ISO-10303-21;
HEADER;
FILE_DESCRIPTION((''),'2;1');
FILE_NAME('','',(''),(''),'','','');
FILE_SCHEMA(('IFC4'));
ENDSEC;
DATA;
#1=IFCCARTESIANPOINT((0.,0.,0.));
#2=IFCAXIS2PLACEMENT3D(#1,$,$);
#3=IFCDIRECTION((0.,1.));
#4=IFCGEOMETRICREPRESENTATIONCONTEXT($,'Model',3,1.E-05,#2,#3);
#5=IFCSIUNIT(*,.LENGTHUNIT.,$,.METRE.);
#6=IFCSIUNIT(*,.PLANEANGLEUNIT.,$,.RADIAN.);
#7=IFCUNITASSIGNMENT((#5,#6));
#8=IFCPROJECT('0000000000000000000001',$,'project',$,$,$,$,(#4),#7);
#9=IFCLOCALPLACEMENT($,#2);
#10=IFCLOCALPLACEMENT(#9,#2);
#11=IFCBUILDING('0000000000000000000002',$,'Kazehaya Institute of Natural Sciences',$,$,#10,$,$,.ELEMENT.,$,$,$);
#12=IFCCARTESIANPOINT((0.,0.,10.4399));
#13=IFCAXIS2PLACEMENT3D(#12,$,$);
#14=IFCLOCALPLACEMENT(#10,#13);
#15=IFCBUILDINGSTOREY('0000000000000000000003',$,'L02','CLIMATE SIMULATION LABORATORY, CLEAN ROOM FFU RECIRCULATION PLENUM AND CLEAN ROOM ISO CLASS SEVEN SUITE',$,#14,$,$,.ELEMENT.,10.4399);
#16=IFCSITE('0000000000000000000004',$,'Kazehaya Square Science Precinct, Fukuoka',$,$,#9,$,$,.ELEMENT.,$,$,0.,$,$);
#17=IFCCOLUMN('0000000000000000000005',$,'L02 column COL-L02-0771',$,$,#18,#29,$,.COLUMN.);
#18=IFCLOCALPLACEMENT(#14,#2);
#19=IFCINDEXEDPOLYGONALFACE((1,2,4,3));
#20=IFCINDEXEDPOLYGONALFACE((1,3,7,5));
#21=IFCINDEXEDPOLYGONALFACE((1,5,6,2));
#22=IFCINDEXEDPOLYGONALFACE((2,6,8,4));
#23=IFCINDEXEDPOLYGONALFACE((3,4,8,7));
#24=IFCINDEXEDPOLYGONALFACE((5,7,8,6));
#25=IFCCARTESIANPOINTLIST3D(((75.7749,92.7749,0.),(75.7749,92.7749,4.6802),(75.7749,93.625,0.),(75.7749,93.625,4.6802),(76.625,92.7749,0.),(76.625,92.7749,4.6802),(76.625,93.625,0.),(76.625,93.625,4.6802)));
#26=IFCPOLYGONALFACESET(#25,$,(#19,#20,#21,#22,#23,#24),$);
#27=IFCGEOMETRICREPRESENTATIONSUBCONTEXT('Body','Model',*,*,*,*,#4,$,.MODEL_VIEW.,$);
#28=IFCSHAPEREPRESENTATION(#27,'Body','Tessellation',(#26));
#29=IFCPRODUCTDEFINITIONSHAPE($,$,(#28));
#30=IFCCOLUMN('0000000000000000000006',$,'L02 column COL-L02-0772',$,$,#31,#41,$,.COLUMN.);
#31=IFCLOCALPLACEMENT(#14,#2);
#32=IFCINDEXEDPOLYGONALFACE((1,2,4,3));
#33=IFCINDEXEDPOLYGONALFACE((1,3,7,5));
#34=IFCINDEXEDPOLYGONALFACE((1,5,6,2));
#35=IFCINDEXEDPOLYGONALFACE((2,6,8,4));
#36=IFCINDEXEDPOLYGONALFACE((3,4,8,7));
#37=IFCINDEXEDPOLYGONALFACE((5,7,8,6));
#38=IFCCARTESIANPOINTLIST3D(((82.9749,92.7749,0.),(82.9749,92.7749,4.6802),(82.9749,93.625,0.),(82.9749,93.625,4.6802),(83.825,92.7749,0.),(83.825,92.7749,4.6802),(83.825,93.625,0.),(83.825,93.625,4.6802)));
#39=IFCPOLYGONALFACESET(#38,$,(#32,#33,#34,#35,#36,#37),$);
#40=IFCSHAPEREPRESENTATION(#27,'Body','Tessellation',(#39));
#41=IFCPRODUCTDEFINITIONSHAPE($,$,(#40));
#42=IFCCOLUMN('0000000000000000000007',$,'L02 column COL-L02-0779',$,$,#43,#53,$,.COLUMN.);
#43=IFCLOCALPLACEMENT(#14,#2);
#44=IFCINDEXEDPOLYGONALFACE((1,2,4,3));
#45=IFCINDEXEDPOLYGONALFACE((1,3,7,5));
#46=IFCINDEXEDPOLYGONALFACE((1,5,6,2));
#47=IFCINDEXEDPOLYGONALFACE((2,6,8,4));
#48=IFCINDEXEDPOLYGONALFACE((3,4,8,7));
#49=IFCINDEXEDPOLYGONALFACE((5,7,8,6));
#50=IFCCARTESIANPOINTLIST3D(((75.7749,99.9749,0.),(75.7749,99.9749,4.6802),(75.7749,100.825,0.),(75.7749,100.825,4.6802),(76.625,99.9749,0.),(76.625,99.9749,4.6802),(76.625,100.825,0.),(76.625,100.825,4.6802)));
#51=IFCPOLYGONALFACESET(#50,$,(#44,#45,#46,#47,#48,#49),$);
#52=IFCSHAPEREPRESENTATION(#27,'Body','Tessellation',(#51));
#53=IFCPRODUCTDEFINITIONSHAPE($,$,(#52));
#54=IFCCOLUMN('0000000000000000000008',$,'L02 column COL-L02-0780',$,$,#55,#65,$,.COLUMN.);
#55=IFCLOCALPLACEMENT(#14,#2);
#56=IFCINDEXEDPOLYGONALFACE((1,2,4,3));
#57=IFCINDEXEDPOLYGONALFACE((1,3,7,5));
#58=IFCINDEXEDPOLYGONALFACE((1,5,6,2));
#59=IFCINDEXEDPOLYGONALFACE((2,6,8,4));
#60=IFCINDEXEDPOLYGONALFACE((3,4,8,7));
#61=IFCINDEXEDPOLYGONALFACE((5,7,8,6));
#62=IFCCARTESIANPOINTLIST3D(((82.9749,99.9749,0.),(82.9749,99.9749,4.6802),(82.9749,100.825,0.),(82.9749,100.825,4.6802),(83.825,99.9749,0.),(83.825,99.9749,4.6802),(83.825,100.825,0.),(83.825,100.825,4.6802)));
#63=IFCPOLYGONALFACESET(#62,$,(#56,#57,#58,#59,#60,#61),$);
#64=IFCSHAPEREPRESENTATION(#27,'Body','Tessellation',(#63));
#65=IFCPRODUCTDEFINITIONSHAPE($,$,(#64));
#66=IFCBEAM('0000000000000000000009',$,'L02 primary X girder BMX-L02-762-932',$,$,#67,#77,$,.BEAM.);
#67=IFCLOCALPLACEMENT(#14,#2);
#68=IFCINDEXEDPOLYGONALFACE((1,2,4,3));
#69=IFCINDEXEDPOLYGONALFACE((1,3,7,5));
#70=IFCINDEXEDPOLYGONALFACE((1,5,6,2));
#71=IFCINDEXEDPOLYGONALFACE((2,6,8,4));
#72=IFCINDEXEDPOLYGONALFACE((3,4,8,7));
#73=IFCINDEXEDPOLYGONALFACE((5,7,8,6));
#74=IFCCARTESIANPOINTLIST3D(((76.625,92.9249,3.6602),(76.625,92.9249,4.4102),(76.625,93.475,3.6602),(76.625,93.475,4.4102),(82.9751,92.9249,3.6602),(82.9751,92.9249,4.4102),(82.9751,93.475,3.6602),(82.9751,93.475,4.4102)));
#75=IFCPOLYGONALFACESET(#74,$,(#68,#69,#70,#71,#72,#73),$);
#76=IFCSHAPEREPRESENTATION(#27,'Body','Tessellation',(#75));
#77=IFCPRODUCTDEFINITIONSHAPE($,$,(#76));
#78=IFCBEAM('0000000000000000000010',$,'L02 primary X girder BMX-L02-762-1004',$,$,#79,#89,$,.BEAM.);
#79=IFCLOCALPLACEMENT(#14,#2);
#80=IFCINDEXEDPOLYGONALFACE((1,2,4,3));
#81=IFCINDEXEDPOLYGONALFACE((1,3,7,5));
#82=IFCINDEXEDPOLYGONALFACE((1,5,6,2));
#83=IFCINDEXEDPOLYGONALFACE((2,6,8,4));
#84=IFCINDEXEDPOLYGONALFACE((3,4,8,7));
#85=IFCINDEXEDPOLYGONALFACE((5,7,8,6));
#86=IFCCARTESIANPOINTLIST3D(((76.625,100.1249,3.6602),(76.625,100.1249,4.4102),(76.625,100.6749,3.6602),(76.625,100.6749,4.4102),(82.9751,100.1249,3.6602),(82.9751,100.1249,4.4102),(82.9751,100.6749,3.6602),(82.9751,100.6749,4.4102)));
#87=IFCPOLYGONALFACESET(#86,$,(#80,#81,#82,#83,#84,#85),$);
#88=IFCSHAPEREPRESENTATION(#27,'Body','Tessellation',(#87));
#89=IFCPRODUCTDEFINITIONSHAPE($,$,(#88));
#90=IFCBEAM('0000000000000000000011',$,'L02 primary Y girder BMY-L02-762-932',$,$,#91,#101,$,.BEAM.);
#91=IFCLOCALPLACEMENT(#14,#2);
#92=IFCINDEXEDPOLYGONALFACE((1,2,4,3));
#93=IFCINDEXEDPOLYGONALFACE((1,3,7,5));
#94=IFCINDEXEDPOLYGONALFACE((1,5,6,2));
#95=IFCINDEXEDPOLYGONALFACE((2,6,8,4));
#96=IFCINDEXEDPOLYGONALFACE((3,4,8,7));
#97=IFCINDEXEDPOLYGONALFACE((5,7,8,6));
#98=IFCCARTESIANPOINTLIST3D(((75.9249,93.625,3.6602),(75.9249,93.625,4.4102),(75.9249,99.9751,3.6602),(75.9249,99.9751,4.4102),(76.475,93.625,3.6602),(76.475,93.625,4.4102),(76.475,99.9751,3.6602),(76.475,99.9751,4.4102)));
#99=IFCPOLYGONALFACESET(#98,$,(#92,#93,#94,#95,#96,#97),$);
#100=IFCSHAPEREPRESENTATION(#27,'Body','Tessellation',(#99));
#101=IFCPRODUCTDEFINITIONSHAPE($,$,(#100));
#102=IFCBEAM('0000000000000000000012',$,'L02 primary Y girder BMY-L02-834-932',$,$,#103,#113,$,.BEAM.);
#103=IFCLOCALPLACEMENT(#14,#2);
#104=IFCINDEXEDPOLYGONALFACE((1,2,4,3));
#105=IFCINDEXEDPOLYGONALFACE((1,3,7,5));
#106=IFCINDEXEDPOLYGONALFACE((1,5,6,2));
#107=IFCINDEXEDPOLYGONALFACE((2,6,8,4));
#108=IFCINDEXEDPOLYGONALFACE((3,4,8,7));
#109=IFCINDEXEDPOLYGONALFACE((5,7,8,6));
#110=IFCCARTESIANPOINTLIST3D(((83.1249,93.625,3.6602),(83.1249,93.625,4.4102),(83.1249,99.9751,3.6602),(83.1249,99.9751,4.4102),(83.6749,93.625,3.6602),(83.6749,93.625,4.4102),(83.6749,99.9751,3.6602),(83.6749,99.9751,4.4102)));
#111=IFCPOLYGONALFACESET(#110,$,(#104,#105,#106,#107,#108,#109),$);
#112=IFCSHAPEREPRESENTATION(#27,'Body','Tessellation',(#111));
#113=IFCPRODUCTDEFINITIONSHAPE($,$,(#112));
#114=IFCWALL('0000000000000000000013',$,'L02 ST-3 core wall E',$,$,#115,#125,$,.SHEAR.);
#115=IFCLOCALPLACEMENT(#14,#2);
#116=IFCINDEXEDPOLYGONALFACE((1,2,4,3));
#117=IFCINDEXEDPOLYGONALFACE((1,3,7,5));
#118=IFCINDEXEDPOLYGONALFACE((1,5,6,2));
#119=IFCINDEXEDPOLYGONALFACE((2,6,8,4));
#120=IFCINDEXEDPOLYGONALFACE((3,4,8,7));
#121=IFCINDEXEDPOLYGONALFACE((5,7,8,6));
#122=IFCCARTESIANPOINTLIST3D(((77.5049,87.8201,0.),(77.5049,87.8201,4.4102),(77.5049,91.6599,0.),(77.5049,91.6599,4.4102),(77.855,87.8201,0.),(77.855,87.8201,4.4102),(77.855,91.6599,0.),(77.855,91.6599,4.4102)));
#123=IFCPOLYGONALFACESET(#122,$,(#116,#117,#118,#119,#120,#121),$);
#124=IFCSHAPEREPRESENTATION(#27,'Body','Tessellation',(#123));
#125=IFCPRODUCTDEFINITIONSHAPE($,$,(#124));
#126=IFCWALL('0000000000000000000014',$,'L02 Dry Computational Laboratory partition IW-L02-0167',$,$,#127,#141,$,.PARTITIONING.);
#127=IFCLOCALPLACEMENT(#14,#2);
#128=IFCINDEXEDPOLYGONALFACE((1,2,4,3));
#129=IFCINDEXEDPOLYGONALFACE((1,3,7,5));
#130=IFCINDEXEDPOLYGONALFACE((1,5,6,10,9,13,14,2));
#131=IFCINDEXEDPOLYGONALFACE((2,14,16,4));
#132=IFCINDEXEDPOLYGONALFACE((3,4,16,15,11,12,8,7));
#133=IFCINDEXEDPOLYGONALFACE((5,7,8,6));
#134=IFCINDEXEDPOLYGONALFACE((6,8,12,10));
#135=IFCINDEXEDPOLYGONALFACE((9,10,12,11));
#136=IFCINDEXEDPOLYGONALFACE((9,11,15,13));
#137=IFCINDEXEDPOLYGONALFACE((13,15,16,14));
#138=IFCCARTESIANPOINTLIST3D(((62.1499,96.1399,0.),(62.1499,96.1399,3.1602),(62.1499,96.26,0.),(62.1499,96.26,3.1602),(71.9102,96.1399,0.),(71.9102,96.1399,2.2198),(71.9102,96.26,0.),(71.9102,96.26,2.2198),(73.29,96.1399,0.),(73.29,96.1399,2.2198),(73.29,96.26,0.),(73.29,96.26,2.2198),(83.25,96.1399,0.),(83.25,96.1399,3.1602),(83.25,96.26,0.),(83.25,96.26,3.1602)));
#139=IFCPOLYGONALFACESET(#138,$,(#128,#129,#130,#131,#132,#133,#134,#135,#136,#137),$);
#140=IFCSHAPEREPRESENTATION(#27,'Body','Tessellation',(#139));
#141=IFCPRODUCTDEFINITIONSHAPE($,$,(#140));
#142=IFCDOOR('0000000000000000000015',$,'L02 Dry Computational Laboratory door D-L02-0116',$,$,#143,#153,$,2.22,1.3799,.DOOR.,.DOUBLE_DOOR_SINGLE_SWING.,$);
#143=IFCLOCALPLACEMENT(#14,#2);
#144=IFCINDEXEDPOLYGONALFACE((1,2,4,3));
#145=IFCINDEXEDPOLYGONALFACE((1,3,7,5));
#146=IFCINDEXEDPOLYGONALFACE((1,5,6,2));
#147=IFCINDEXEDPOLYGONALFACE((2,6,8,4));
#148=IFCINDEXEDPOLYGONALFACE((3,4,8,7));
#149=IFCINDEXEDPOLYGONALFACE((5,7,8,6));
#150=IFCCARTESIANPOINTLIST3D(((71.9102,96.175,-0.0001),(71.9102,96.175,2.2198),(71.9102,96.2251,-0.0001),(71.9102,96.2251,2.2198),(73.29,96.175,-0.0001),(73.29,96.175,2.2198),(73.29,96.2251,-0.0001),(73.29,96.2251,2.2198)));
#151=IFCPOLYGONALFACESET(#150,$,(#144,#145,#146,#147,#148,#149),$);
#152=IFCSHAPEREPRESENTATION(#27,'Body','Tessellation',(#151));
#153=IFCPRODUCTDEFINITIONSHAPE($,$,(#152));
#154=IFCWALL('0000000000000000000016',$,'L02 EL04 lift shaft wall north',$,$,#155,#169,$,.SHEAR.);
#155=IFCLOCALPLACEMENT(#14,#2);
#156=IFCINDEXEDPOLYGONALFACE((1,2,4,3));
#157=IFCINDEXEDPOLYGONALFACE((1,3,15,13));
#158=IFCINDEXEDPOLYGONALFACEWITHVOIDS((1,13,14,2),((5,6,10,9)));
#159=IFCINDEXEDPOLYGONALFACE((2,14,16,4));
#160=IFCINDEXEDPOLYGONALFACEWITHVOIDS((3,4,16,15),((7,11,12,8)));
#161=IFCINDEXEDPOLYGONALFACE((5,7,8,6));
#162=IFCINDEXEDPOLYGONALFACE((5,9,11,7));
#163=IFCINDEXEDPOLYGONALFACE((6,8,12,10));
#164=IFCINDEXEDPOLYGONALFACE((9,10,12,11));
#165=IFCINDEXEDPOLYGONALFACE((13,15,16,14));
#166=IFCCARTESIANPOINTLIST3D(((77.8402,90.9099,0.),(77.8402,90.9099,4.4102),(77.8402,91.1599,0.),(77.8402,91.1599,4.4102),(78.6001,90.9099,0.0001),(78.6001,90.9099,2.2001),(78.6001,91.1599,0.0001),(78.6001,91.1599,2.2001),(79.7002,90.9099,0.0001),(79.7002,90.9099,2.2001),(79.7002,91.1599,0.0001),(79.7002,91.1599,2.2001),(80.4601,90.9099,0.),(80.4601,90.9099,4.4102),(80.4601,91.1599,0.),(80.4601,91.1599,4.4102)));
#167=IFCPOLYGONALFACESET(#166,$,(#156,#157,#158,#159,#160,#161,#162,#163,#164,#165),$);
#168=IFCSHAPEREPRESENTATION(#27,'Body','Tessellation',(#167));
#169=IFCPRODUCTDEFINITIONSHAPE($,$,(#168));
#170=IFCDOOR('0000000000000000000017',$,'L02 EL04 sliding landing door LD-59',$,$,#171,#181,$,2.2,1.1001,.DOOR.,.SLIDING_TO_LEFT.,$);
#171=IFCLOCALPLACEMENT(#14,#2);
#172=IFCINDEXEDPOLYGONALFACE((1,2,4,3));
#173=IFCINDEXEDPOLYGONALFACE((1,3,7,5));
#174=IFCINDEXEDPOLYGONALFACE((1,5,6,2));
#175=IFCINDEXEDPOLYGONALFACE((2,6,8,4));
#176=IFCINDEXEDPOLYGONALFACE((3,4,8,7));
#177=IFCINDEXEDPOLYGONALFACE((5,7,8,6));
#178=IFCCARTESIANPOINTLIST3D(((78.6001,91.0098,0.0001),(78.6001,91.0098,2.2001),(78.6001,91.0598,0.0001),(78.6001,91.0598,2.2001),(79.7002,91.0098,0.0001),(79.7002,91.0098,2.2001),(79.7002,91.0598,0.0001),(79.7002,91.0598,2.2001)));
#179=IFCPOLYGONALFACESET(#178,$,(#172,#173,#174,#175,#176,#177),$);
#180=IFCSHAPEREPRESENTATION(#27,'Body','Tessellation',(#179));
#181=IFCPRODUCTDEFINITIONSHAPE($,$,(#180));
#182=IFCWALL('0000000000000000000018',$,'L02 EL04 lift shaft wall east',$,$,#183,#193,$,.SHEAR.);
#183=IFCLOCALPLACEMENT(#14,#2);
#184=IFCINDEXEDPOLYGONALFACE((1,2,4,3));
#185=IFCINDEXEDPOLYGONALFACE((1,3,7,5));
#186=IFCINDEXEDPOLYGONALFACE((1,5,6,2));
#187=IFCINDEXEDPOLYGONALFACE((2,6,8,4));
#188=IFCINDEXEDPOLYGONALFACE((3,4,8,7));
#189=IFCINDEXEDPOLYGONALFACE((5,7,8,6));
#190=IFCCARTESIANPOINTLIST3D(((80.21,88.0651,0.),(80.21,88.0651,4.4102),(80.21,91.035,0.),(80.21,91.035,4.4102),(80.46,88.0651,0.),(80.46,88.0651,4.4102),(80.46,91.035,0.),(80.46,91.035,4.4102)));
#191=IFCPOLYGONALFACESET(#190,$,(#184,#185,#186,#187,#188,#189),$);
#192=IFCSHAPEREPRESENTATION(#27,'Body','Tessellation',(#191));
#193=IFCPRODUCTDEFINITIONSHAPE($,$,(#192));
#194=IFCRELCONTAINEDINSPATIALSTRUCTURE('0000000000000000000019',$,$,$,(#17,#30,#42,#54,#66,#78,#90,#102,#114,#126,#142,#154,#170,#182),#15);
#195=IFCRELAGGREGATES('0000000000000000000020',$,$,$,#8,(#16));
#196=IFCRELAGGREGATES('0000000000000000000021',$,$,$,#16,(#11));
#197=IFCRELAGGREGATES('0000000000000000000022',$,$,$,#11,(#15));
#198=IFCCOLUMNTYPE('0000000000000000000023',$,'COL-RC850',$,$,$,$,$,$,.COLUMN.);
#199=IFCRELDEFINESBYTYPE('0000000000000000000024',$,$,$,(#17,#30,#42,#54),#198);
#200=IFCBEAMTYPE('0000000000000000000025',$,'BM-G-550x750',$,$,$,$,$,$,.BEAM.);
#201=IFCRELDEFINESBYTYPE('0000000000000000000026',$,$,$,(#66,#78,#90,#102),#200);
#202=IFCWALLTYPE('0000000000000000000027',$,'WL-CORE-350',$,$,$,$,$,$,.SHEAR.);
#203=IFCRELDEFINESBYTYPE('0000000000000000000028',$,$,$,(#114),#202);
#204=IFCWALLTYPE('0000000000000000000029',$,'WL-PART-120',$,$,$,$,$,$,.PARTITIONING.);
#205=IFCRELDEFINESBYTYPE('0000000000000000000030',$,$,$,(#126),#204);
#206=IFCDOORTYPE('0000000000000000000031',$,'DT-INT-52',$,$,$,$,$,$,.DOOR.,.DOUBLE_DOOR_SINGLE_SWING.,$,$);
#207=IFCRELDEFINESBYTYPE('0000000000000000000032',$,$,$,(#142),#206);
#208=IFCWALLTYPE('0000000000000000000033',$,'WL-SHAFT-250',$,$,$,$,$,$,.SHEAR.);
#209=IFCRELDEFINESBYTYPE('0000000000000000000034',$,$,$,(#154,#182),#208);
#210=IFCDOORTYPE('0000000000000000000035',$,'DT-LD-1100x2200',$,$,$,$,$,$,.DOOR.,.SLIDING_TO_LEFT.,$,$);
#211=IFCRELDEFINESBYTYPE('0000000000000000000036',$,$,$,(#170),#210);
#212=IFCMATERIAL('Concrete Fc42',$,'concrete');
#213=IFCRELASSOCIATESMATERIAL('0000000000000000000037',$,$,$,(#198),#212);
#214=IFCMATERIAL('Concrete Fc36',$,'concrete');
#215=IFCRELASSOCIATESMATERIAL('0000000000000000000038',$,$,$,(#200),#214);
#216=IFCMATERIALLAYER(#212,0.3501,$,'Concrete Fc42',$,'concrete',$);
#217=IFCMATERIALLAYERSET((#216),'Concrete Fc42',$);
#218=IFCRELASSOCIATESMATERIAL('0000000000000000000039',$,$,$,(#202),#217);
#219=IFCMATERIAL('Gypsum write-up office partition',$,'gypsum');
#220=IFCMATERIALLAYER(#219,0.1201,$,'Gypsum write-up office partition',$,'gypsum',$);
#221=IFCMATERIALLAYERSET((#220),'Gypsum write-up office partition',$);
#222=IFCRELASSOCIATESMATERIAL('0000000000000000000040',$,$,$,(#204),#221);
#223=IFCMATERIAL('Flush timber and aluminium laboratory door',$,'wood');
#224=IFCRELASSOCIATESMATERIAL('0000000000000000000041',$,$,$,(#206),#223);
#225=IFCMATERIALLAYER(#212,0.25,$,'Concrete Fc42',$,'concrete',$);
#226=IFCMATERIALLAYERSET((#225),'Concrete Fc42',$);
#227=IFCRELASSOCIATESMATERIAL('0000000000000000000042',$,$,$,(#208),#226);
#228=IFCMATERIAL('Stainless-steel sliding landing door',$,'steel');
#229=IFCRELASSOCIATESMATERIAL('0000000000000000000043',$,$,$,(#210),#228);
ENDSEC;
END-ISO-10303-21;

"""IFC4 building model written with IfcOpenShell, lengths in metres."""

from ifc_helpers import new_model, si_unit, direction, frame, frame_2d, origin, origin_2d, place, context, subcontext, project, spatial, rectangle, extrude, material, layer, layer_set, material_profile, profile_set, type_object, element, fill, save


model = new_model("IFC4")

# Units and contexts
model_context = context("Model", 3, precision=1e-05, world=origin(), true_north=direction((0.0, 1.0)))
body_context = subcontext(model_context, "Body", "Model", "MODEL_VIEW")
ifc_project = project(units=[si_unit("LENGTHUNIT", "METRE"), si_unit("PLANEANGLEUNIT", "RADIAN")], contexts=[model_context])

# Site, building, storey
site_placement = place(None, origin())
site = spatial("IfcSite", under=ifc_project, at=site_placement, Name="Kazehaya Square Science Precinct, Fukuoka", CompositionType="ELEMENT", RefElevation=0.0)
building_placement = place(site_placement, origin())
building = spatial("IfcBuilding", under=site, at=building_placement, Name="Kazehaya Institute of Natural Sciences", CompositionType="ELEMENT")
storey_placement = place(building_placement, frame((0.0, 0.0, 10.4399)))
storey = spatial("IfcBuildingStorey", under=building, at=storey_placement, Name="L02", Description="CLIMATE SIMULATION LABORATORY, CLEAN ROOM FFU RECIRCULATION PLENUM AND CLEAN ROOM ISO CLASS SEVEN SUITE", CompositionType="ELEMENT", Elevation=10.4399)

# Columns
ifc_material_1 = material(Name="Concrete Fc42", Category="concrete")
ifc_material_profile_1 = material_profile(ifc_material_1, rectangle(XDim=0.8501, YDim=0.8501, at=origin_2d()), Name="RC-850x850")
ifc_profile_set_1 = profile_set([ifc_material_profile_1], Name="Concrete Fc42")
column_type = type_object("IfcColumnType", Name="COL-RC850", PredefinedType="COLUMN", material=ifc_profile_set_1)
for number, where, z_axis, x_axis, name in (
    (1, (76.2, 93.2, 0.0), (0.0, 0.0, 1.0), (1.0, 0.0, 0.0), "L02 column COL-L02-0771"),
    (2, (83.3999, 93.2, 0.0), (0.0, 0.0, 1.0), (1.0, 0.0, 0.0), "L02 column COL-L02-0772"),
    (3, (76.2, 100.3999, 0.0), (0.0, 0.0, 1.0), (1.0, 0.0, 0.0), "L02 column COL-L02-0779"),
    (4, (83.3999, 100.3999, 0.0), (0.0, 0.0, 1.0), (1.0, 0.0, 0.0), "L02 column COL-L02-0780"),
):
    element("IfcColumn", number, at=place(storey_placement, frame(where, z_axis=z_axis, x_axis=x_axis)), inside=storey, type_object=column_type, Name=name, PredefinedType="COLUMN", context=body_context, shape_type="SweptSolid", body=[
        extrude(rectangle(XDim=0.8501, YDim=0.8501, at=origin_2d()), origin(), (0.0, 0.0, 1.0), 4.6802),
    ])

# Beams
ifc_material_2 = material(Name="Concrete Fc36", Category="concrete")
ifc_material_profile_2 = material_profile(ifc_material_2, rectangle(XDim=0.55, YDim=0.75, at=origin_2d()), Name="RC-550x750")
ifc_profile_set_2 = profile_set([ifc_material_profile_2], Name="Concrete Fc36")
beam_type = type_object("IfcBeamType", Name="BM-G-550x750", PredefinedType="BEAM", material=ifc_profile_set_2)
for number, where, z_axis, x_axis, name in (
    (5, (76.625, 93.2, 4.0352), (1.0, 0.0, 0.0), (0.0, 1.0, 0.0), "L02 primary X girder BMX-L02-762-932"),
    (6, (76.625, 100.3999, 4.0352), (1.0, 0.0, 0.0), (0.0, 1.0, 0.0), "L02 primary X girder BMX-L02-762-1004"),
    (7, (76.2, 93.625, 4.0352), (0.0, 1.0, 0.0), (-1.0, 0.0, 0.0), "L02 primary Y girder BMY-L02-762-932"),
    (8, (83.3999, 93.625, 4.0352), (0.0, 1.0, 0.0), (-1.0, 0.0, 0.0), "L02 primary Y girder BMY-L02-834-932"),
):
    element("IfcBeam", number, at=place(storey_placement, frame(where, z_axis=z_axis, x_axis=x_axis)), inside=storey, type_object=beam_type, Name=name, PredefinedType="BEAM", context=body_context, shape_type="SweptSolid", body=[
        extrude(rectangle(XDim=0.55, YDim=0.75, at=origin_2d()), origin(), (0.0, 0.0, 1.0), 6.3501),
    ])

# Wall
ifc_layer_1 = layer(ifc_material_1, 0.3501, Name="Concrete Fc42", Category="concrete")
ifc_layer_set_1 = layer_set([ifc_layer_1], Name="Concrete Fc42")
wall_type_1 = type_object("IfcWallType", Name="WL-CORE-350", PredefinedType="SHEAR", material=ifc_layer_set_1)
wall_1_placement = place(storey_placement, frame((77.6799, 91.6599, 0.0), z_axis=(0.0, 0.0, 1.0), x_axis=(0.0, -1.0, 0.0)))
element("IfcWall", 9, at=wall_1_placement, inside=storey, type_object=wall_type_1, Name="L02 ST-3 core wall E", PredefinedType="SHEAR", context=body_context, shape_type="SweptSolid", body=[
    extrude(rectangle(XDim=3.8398, YDim=0.3501, at=frame_2d((1.9199, 0.0))), origin(), (0.0, 0.0, 1.0), 4.4102),
])

# Walls, openings, doors
ifc_material_3 = material(Name="Gypsum write-up office partition", Category="gypsum")
ifc_layer_2 = layer(ifc_material_3, 0.1201, Name="Gypsum write-up office partition", Category="gypsum")
ifc_layer_set_2 = layer_set([ifc_layer_2], Name="Gypsum write-up office partition")
wall_type_2 = type_object("IfcWallType", Name="WL-PART-120", PredefinedType="PARTITIONING", material=ifc_layer_set_2)
wall_2_placement = place(storey_placement, frame((83.25, 96.2, 0.0), z_axis=(0.0, 0.0, 1.0), x_axis=(-1.0, 0.0, 0.0)))
wall_2 = element("IfcWall", 10, at=wall_2_placement, inside=storey, type_object=wall_type_2, Name="L02 Dry Computational Laboratory partition IW-L02-0167", PredefinedType="PARTITIONING", context=body_context, shape_type="SweptSolid", body=[
    extrude(rectangle(XDim=21.1001, YDim=0.1201, at=frame_2d((10.55, 0.0))), origin(), (0.0, 0.0, 1.0), 3.1602),
])
opening_1_placement = place(wall_2_placement, frame((9.96, 0.0, 0.0)))
opening_1 = element("IfcOpeningElement", 11, at=opening_1_placement, cuts=wall_2, PredefinedType="OPENING", context=body_context, shape_type="SweptSolid", body=[
    extrude(rectangle(XDim=1.3799, YDim=2.22, at=frame_2d((0.6899, 1.1099))), frame((0.0, 0.0701, 0.0), z_axis=(0.0, -1.0, 0.0), x_axis=(1.0, 0.0, 0.0)), (0.0, 0.0, 1.0), 0.1401),
])
ifc_material_4 = material(Name="Flush timber and aluminium laboratory door", Category="wood")
door_type_1 = type_object("IfcDoorType", Name="DT-INT-52", OperationType="DOUBLE_DOOR_SINGLE_SWING", PredefinedType="DOOR", material=ifc_material_4)
door_1_placement = place(opening_1_placement, origin())
door_1 = element("IfcDoor", 12, at=door_1_placement, inside=storey, type_object=door_type_1, Name="L02 Dry Computational Laboratory door D-L02-0116", OperationType="DOUBLE_DOOR_SINGLE_SWING", OverallHeight=2.22, OverallWidth=1.3799, PredefinedType="DOOR", context=body_context, shape_type="SweptSolid", body=[
    extrude(rectangle(XDim=1.3799, YDim=2.22, at=frame_2d((0.6899, 1.1099))), frame((0.0, 0.0249, 0.0), z_axis=(0.0, -1.0, 0.0), x_axis=(1.0, 0.0, 0.0)), (0.0, 0.0, 1.0), 0.05),
])
fill(opening_1, door_1)
ifc_layer_3 = layer(ifc_material_1, 0.25, Name="Concrete Fc42", Category="concrete")
ifc_layer_set_3 = layer_set([ifc_layer_3], Name="Concrete Fc42")
wall_type_3 = type_object("IfcWallType", Name="WL-SHAFT-250", PredefinedType="SHEAR", material=ifc_layer_set_3)
wall_3_placement = place(storey_placement, frame((77.8401, 91.0349, 0.0), z_axis=(0.0, 0.0, 1.0), x_axis=(1.0, 0.0, 0.0)))
wall_3 = element("IfcWall", 13, at=wall_3_placement, inside=storey, type_object=wall_type_3, Name="L02 EL04 lift shaft wall north", PredefinedType="SHEAR", context=body_context, shape_type="SweptSolid", body=[
    extrude(rectangle(XDim=2.6199, YDim=0.25, at=frame_2d((1.3101, 0.0))), origin(), (0.0, 0.0, 1.0), 4.4102),
])
opening_2_placement = place(wall_3_placement, frame((0.76, 0.0, 0.0)))
opening_2 = element("IfcOpeningElement", 14, at=opening_2_placement, cuts=wall_3, PredefinedType="OPENING", context=body_context, shape_type="SweptSolid", body=[
    extrude(rectangle(XDim=1.1001, YDim=2.2, at=frame_2d((0.55, 1.1001))), frame((0.0, 0.135, 0.0), z_axis=(0.0, -1.0, 0.0), x_axis=(1.0, 0.0, 0.0)), (0.0, 0.0, 1.0), 0.27),
])
ifc_material_5 = material(Name="Stainless-steel sliding landing door", Category="steel")
door_type_2 = type_object("IfcDoorType", Name="DT-LD-1100x2200", OperationType="SLIDING_TO_LEFT", PredefinedType="DOOR", material=ifc_material_5)
door_2_placement = place(opening_2_placement, origin())
door_2 = element("IfcDoor", 15, at=door_2_placement, inside=storey, type_object=door_type_2, Name="L02 EL04 sliding landing door LD-59", OperationType="SLIDING_TO_LEFT", OverallHeight=2.2, OverallWidth=1.1001, PredefinedType="DOOR", context=body_context, shape_type="SweptSolid", body=[
    extrude(rectangle(XDim=1.1001, YDim=2.2, at=frame_2d((0.55, 1.1001))), frame((0.0, 0.0249, 0.0), z_axis=(0.0, -1.0, 0.0), x_axis=(1.0, 0.0, 0.0)), (0.0, 0.0, 1.0), 0.05),
])
fill(opening_2, door_2)

# Wall
wall_4_placement = place(storey_placement, frame((80.335, 91.0349, 0.0), z_axis=(0.0, 0.0, 1.0), x_axis=(0.0, -1.0, 0.0)))
element("IfcWall", 16, at=wall_4_placement, inside=storey, type_object=wall_type_3, Name="L02 EL04 lift shaft wall east", PredefinedType="SHEAR", context=body_context, shape_type="SweptSolid", body=[
    extrude(rectangle(XDim=2.97, YDim=0.25, at=frame_2d((1.4849, 0.0))), origin(), (0.0, 0.0, 1.0), 4.4102),
])

save(model, "model.ifc")
